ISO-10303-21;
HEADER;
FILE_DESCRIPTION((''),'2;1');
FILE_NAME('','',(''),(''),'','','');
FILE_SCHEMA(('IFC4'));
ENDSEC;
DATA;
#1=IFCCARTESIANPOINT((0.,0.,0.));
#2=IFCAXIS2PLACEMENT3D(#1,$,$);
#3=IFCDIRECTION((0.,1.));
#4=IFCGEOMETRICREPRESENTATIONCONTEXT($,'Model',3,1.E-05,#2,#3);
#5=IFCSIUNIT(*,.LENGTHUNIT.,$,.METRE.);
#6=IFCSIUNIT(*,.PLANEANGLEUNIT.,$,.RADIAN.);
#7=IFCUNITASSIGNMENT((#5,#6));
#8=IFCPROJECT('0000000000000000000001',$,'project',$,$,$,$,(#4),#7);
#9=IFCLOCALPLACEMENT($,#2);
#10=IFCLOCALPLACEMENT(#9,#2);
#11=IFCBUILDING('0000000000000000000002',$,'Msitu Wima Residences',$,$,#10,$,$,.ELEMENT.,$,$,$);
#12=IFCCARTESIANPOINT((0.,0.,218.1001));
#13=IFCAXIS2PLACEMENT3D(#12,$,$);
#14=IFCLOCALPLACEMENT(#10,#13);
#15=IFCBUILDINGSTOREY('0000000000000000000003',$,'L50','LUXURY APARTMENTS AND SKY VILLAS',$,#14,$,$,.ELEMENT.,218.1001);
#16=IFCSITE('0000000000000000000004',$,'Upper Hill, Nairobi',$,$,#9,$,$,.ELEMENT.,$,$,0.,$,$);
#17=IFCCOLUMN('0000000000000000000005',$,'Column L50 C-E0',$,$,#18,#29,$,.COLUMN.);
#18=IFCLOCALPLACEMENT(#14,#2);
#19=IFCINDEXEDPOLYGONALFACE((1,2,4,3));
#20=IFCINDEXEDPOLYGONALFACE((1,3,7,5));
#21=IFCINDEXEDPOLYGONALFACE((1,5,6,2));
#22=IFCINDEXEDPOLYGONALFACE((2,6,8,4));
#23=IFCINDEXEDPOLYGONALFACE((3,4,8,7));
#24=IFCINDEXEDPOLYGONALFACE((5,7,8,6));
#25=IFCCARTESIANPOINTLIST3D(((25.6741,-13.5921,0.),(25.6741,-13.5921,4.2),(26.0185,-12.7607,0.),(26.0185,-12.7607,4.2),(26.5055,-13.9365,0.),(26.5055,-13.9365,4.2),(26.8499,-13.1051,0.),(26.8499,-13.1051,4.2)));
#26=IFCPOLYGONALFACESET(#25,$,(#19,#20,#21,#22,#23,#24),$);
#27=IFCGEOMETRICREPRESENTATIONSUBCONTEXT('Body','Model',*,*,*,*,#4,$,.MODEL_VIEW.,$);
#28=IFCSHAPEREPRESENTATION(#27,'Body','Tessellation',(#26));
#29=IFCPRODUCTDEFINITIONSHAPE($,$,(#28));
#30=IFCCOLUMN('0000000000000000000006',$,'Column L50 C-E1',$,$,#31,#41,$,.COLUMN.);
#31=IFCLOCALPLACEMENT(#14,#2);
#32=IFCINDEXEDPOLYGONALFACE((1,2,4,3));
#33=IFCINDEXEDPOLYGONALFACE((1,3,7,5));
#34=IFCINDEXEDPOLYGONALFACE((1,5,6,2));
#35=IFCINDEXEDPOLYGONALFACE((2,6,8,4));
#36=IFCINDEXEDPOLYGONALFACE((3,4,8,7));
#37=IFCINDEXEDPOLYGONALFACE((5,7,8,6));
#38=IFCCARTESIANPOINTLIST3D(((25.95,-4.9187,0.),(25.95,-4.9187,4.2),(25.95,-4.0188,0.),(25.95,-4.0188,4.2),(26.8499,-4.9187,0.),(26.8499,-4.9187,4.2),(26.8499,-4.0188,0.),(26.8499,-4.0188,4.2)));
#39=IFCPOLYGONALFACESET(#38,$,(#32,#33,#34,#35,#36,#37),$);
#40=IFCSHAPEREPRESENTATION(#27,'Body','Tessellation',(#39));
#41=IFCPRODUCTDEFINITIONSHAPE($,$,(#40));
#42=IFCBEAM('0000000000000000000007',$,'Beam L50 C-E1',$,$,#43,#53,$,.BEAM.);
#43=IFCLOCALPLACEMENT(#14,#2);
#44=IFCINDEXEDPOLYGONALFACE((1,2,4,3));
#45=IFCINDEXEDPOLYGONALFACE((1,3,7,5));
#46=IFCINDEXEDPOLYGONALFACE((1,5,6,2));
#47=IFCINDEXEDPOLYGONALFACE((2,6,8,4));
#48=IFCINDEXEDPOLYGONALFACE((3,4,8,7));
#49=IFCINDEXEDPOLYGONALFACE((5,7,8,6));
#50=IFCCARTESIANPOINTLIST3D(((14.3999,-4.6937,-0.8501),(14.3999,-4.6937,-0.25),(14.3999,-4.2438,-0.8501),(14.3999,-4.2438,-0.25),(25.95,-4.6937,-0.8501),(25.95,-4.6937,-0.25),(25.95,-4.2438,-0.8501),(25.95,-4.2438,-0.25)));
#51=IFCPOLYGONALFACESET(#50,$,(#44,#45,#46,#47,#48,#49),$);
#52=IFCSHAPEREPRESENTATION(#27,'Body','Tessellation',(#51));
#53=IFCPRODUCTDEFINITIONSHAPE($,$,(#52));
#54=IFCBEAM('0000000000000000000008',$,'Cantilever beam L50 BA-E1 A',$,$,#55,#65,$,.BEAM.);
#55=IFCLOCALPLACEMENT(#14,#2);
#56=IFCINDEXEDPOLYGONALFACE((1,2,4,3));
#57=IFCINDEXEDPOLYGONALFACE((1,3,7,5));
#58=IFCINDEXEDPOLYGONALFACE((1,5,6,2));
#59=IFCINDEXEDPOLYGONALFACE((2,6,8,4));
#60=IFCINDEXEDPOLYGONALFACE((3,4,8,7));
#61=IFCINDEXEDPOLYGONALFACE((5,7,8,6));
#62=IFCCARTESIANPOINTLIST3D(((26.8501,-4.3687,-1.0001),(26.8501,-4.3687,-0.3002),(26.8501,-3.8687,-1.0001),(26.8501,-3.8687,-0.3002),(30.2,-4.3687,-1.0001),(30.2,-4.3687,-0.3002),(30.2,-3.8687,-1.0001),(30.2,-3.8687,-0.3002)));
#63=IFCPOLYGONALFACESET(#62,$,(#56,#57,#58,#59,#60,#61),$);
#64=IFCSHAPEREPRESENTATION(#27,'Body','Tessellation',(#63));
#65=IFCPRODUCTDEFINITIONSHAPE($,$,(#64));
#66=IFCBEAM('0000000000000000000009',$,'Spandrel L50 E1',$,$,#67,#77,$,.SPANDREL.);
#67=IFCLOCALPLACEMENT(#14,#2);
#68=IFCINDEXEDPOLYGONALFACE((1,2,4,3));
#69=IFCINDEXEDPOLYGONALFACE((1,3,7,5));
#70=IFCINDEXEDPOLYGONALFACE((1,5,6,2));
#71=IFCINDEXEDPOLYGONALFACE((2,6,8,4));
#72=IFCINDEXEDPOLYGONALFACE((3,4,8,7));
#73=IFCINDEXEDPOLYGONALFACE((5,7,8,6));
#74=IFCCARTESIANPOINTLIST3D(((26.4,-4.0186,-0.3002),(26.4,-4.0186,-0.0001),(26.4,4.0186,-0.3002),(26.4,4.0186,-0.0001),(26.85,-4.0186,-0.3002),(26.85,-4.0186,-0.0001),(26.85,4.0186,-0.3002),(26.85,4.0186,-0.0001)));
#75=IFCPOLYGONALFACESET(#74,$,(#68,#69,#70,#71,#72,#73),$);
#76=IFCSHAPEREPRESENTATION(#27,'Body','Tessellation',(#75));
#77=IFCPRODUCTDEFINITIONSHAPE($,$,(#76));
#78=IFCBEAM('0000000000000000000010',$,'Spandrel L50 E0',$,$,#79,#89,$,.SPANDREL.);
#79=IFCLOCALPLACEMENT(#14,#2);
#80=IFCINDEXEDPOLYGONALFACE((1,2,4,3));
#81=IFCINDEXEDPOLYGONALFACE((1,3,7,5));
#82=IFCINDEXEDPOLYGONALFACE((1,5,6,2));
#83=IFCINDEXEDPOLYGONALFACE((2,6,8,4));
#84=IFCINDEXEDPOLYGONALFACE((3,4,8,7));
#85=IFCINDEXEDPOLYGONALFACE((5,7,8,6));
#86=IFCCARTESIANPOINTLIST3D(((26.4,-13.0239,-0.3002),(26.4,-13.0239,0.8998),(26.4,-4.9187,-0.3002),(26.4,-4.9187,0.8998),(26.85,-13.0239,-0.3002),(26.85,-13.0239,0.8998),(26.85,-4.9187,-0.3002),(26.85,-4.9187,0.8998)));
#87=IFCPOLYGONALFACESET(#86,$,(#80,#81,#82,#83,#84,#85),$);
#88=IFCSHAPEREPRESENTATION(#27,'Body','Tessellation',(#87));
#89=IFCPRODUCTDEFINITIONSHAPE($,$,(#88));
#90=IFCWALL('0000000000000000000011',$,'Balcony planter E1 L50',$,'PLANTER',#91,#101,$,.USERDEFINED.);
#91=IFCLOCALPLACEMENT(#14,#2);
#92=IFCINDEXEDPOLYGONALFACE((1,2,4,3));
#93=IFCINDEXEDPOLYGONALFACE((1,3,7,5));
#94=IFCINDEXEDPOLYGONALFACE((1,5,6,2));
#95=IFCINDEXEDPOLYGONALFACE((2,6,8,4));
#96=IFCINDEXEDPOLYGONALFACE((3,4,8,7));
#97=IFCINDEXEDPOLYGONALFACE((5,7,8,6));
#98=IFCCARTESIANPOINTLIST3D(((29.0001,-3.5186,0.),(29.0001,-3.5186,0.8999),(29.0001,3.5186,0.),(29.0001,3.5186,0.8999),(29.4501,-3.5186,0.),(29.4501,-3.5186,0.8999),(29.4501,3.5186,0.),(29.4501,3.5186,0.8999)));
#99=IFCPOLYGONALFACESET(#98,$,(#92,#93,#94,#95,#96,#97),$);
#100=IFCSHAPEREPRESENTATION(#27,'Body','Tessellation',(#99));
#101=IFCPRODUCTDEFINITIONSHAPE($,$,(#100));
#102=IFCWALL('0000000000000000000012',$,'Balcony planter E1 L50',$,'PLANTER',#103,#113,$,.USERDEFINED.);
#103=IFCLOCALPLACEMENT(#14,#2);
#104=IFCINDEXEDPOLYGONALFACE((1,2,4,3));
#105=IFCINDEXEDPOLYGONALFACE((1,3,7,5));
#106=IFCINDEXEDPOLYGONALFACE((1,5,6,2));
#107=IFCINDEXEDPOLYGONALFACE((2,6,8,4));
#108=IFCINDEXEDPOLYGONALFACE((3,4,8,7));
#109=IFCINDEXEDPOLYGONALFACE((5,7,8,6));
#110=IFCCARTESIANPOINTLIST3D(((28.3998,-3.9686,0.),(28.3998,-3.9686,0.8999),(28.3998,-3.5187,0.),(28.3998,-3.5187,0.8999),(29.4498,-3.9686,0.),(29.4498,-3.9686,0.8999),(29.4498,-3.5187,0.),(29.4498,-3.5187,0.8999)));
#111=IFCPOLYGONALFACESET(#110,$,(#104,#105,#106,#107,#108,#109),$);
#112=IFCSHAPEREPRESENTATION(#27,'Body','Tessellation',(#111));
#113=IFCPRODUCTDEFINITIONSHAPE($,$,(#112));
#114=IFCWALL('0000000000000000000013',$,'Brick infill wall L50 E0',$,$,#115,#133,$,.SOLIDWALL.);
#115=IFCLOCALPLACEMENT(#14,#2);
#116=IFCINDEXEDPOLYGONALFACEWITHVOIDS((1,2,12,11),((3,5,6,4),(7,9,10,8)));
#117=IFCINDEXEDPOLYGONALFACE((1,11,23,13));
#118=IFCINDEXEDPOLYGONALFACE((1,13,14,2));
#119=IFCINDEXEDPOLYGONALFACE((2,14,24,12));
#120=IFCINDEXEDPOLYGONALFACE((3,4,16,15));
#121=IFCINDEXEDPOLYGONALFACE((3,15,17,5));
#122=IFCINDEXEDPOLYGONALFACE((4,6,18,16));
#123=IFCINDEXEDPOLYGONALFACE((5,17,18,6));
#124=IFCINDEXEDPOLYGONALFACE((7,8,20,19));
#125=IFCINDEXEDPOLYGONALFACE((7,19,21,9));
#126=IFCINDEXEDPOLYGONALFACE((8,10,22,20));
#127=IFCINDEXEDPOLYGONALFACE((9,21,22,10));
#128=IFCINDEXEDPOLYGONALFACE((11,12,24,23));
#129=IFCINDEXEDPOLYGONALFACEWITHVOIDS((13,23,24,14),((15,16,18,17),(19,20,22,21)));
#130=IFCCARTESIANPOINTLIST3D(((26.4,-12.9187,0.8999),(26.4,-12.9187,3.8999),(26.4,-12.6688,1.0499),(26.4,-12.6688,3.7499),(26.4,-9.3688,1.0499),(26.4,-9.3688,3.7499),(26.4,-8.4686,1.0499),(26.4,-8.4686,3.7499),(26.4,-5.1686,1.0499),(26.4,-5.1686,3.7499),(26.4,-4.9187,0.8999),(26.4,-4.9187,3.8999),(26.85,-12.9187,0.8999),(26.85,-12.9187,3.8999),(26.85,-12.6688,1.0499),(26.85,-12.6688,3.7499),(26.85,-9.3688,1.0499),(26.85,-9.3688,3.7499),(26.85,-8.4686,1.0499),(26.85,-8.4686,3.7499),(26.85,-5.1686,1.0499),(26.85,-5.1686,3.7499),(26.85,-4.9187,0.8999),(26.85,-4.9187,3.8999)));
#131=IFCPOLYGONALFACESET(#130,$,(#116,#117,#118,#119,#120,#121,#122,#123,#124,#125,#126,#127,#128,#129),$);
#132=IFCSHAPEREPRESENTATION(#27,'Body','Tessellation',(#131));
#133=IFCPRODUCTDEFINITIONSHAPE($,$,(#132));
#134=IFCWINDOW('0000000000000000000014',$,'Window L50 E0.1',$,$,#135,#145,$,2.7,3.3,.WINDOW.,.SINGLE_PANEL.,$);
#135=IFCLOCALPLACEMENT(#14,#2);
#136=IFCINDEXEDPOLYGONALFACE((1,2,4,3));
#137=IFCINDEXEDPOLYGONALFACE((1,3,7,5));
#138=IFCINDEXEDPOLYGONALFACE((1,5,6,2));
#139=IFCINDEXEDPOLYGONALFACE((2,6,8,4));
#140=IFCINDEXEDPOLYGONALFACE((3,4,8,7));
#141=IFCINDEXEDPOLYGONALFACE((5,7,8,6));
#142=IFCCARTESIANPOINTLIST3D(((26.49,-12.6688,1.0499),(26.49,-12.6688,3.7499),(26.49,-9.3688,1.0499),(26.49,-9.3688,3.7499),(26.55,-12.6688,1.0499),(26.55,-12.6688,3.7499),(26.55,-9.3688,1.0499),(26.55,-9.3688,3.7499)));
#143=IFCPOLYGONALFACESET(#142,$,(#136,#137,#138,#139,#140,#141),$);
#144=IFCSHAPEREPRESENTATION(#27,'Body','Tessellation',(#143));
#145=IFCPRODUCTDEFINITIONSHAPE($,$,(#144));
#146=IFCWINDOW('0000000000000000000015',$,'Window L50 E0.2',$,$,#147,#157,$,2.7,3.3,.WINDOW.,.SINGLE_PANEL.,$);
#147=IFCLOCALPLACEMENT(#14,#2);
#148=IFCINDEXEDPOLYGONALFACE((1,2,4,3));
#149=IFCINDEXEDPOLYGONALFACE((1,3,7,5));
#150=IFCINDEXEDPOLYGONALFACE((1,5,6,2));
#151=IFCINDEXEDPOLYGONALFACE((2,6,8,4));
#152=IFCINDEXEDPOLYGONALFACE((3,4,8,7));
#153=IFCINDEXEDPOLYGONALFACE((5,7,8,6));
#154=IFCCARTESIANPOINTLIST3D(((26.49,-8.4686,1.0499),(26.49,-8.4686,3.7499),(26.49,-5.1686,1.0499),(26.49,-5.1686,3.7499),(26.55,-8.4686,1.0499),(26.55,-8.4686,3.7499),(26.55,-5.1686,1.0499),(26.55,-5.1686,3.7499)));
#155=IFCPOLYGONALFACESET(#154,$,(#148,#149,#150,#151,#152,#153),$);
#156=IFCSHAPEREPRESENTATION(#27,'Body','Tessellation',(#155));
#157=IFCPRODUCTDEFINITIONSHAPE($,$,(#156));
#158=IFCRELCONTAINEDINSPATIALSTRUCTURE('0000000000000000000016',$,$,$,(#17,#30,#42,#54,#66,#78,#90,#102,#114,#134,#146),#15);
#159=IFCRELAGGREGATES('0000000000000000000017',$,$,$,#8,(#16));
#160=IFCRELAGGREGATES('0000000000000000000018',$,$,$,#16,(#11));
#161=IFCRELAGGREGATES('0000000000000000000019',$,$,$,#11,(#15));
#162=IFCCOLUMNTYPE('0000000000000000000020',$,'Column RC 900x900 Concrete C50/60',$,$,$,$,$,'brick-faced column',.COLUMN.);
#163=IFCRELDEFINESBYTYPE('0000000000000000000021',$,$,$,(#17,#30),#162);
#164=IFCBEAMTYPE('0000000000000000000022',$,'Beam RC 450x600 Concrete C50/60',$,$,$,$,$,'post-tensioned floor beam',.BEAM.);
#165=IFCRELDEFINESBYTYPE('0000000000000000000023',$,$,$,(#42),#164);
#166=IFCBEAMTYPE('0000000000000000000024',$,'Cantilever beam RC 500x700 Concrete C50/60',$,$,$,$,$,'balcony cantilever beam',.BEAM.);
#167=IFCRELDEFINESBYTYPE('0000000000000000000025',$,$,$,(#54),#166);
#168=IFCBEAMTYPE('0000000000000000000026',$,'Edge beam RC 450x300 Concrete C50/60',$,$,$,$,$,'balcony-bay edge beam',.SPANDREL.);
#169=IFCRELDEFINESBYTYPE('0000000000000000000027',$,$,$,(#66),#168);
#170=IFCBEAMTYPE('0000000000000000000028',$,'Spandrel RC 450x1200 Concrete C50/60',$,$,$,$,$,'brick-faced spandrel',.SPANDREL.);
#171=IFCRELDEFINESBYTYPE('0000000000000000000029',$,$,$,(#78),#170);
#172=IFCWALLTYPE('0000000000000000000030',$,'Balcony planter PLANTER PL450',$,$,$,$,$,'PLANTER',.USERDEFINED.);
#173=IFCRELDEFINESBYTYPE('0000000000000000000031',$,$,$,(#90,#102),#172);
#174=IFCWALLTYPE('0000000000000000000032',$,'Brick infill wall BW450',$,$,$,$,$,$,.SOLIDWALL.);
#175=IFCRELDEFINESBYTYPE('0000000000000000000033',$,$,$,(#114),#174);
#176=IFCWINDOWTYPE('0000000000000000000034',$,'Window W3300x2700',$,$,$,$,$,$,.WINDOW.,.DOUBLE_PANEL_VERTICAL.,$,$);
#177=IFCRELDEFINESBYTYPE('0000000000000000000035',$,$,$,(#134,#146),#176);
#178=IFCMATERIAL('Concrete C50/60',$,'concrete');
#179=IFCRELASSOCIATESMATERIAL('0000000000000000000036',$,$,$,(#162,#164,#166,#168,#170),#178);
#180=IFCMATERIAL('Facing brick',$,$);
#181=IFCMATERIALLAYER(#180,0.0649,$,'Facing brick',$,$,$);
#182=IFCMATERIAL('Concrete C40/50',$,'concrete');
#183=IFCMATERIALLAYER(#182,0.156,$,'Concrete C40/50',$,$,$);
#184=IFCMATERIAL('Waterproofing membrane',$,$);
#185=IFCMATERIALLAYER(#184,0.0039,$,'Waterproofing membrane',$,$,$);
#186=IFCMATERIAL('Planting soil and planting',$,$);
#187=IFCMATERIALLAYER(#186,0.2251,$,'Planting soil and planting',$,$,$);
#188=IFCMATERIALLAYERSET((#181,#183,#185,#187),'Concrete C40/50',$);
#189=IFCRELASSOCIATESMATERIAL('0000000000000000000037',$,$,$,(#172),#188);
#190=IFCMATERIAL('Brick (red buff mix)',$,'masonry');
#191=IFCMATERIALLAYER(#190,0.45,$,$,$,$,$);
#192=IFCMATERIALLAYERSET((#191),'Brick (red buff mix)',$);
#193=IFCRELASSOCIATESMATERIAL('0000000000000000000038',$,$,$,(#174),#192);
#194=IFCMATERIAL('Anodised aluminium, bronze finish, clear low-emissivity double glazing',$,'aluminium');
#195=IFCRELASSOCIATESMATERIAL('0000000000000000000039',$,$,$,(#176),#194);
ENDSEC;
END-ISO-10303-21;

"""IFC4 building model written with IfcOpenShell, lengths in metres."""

from ifc_helpers import new_model, si_unit, direction, frame, frame_2d, origin, origin_2d, place, context, subcontext, project, spatial, rectangle, extrude, material, layer, layer_set, material_profile, profile_set, type_object, element, fill, save


model = new_model("IFC4")

# Units and contexts
model_context = context("Model", 3, precision=1e-05, world=origin(), true_north=direction((0.0, 1.0)))
body_context = subcontext(model_context, "Body", "Model", "MODEL_VIEW")
ifc_project = project(units=[si_unit("LENGTHUNIT", "METRE"), si_unit("PLANEANGLEUNIT", "RADIAN")], contexts=[model_context])

# Site, building, storey
site_placement = place(None, origin())
site = spatial("IfcSite", under=ifc_project, at=site_placement, Name="Upper Hill, Nairobi", CompositionType="ELEMENT", RefElevation=0.0)
building_placement = place(site_placement, origin())
building = spatial("IfcBuilding", under=site, at=building_placement, Name="Msitu Wima Residences", CompositionType="ELEMENT")
storey_placement = place(building_placement, frame((0.0, 0.0, 218.1001)))
storey = spatial("IfcBuildingStorey", under=building, at=storey_placement, Name="L50", Description="LUXURY APARTMENTS AND SKY VILLAS", CompositionType="ELEMENT", Elevation=218.1001)

# Columns
ifc_material_1 = material(Name="Concrete C50/60", Category="concrete")
ifc_material_profile_1 = material_profile(ifc_material_1, rectangle(XDim=0.8999, YDim=0.8999, at=origin_2d()), Name="RC 900x900")
ifc_profile_set_1 = profile_set([ifc_material_profile_1], Name="Concrete C50/60")
column_type = type_object("IfcColumnType", Name="Column RC 900x900 Concrete C50/60", ElementType="brick-faced column", PredefinedType="COLUMN", material=ifc_profile_set_1)
for number, where, z_axis, x_axis, name in (
    (1, (26.262, -13.3486, 0.0), (0.0, 0.0, 1.0), (0.382683, 0.92388, 0.0), "Column L50 C-E0"),
    (2, (26.3999, -4.4688, 0.0), (0.0, 0.0, 1.0), (0.0, 1.0, 0.0), "Column L50 C-E1"),
):
    element("IfcColumn", number, at=place(storey_placement, frame(where, z_axis=z_axis, x_axis=x_axis)), inside=storey, type_object=column_type, Name=name, PredefinedType="COLUMN", context=body_context, shape_type="SweptSolid", body=[
        extrude(rectangle(XDim=0.8999, YDim=0.8999, at=origin_2d()), origin(), (0.0, 0.0, 1.0), 4.2),
    ])

# Beams
ifc_material_profile_2 = material_profile(ifc_material_1, rectangle(XDim=0.45, YDim=0.6001, at=origin_2d()), Name="RC 450x600")
ifc_profile_set_2 = profile_set([ifc_material_profile_2], Name="Concrete C50/60")
beam_type_1 = type_object("IfcBeamType", Name="Beam RC 450x600 Concrete C50/60", ElementType="post-tensioned floor beam", PredefinedType="BEAM", material=ifc_profile_set_2)
beam_1_placement = place(storey_placement, frame((25.95, -4.4688, -0.55), z_axis=(-1.0, 0.0, 0.0), x_axis=(0.0, -1.0, 0.0)))
element("IfcBeam", 3, at=beam_1_placement, inside=storey, type_object=beam_type_1, Name="Beam L50 C-E1", PredefinedType="BEAM", context=body_context, shape_type="SweptSolid", body=[
    extrude(rectangle(XDim=0.45, YDim=0.6001, at=origin_2d()), origin(), (0.0, 0.0, 1.0), 11.55),
])
ifc_material_profile_3 = material_profile(ifc_material_1, rectangle(XDim=0.5, YDim=0.7, at=origin_2d()), Name="RC 500x700")
ifc_profile_set_3 = profile_set([ifc_material_profile_3], Name="Concrete C50/60")
beam_type_2 = type_object("IfcBeamType", Name="Cantilever beam RC 500x700 Concrete C50/60", ElementType="balcony cantilever beam", PredefinedType="BEAM", material=ifc_profile_set_3)
beam_2_placement = place(storey_placement, frame((26.8501, -4.1187, -0.6501), z_axis=(1.0, 0.0, 0.0), x_axis=(0.0, 1.0, 0.0)))
element("IfcBeam", 4, at=beam_2_placement, inside=storey, type_object=beam_type_2, Name="Cantilever beam L50 BA-E1 A", PredefinedType="BEAM", context=body_context, shape_type="SweptSolid", body=[
    extrude(rectangle(XDim=0.5, YDim=0.7, at=origin_2d()), origin(), (0.0, 0.0, 1.0), 3.3499),
])
ifc_material_profile_4 = material_profile(ifc_material_1, rectangle(XDim=0.45, YDim=0.3, at=origin_2d()), Name="RC 450x300")
ifc_profile_set_4 = profile_set([ifc_material_profile_4], Name="Concrete C50/60")
beam_type_3 = type_object("IfcBeamType", Name="Edge beam RC 450x300 Concrete C50/60", ElementType="balcony-bay edge beam", PredefinedType="SPANDREL", material=ifc_profile_set_4)
beam_3_placement = place(storey_placement, frame((26.625, -4.0186, -0.1501), z_axis=(0.0, 1.0, 0.0), x_axis=(-1.0, 0.0, 0.0)))
element("IfcBeam", 5, at=beam_3_placement, inside=storey, type_object=beam_type_3, Name="Spandrel L50 E1", PredefinedType="SPANDREL", context=body_context, shape_type="SweptSolid", body=[
    extrude(rectangle(XDim=0.45, YDim=0.3, at=origin_2d()), origin(), (0.0, 0.0, 1.0), 8.0371),
])
ifc_material_profile_5 = material_profile(ifc_material_1, rectangle(XDim=0.45, YDim=1.2, at=origin_2d()), Name="RC 450x1200")
ifc_profile_set_5 = profile_set([ifc_material_profile_5], Name="Concrete C50/60")
beam_type_4 = type_object("IfcBeamType", Name="Spandrel RC 450x1200 Concrete C50/60", ElementType="brick-faced spandrel", PredefinedType="SPANDREL", material=ifc_profile_set_5)
beam_4_placement = place(storey_placement, frame((26.625, -13.0239, 0.2998), z_axis=(0.0, 1.0, 0.0), x_axis=(-1.0, 0.0, 0.0)))
element("IfcBeam", 6, at=beam_4_placement, inside=storey, type_object=beam_type_4, Name="Spandrel L50 E0", PredefinedType="SPANDREL", context=body_context, shape_type="SweptSolid", body=[
    extrude(rectangle(XDim=0.45, YDim=1.2, at=origin_2d()), origin(), (0.0, 0.0, 1.0), 8.1052),
])

# Walls
ifc_material_2 = material(Name="Facing brick")
ifc_layer_1 = layer(ifc_material_2, 0.0649, Name="Facing brick")
ifc_material_3 = material(Name="Concrete C40/50", Category="concrete")
ifc_layer_2 = layer(ifc_material_3, 0.156, Name="Concrete C40/50")
ifc_material_4 = material(Name="Waterproofing membrane")
ifc_layer_3 = layer(ifc_material_4, 0.0039, Name="Waterproofing membrane")
ifc_material_5 = material(Name="Planting soil and planting")
ifc_layer_4 = layer(ifc_material_5, 0.2251, Name="Planting soil and planting")
ifc_layer_set_1 = layer_set([ifc_layer_1, ifc_layer_2, ifc_layer_3, ifc_layer_4], Name="Concrete C40/50")
wall_type_1 = type_object("IfcWallType", Name="Balcony planter PLANTER PL450", ElementType="PLANTER", PredefinedType="USERDEFINED", material=ifc_layer_set_1)
wall_1_placement = place(storey_placement, frame((29.2251, -3.5186, 0.0), z_axis=(0.0, 0.0, 1.0), x_axis=(0.0, 1.0, 0.0)))
element("IfcWall", 7, at=wall_1_placement, inside=storey, type_object=wall_type_1, Name="Balcony planter E1 L50", ObjectType="PLANTER", PredefinedType="USERDEFINED", context=body_context, shape_type="SweptSolid", body=[
    extrude(rectangle(XDim=7.0371, YDim=0.45, at=frame_2d((3.5186, 0.0))), origin(), (0.0, 0.0, 1.0), 0.8999),
])
wall_2_placement = place(storey_placement, frame((28.3999, -3.7437, 0.0), z_axis=(0.0, 0.0, 1.0), x_axis=(1.0, 0.0, 0.0)))
element("IfcWall", 8, at=wall_2_placement, inside=storey, type_object=wall_type_1, Name="Balcony planter E1 L50", ObjectType="PLANTER", PredefinedType="USERDEFINED", context=body_context, shape_type="SweptSolid", body=[
    extrude(rectangle(XDim=1.05, YDim=0.45, at=frame_2d((0.5249, 0.0))), origin(), (0.0, 0.0, 1.0), 0.8999),
])

# Wall, openings, windows
ifc_material_6 = material(Name="Brick (red buff mix)", Category="masonry")
ifc_layer_5 = layer(ifc_material_6, 0.45)
ifc_layer_set_2 = layer_set([ifc_layer_5], Name="Brick (red buff mix)")
wall_type_2 = type_object("IfcWallType", Name="Brick infill wall BW450", PredefinedType="SOLIDWALL", material=ifc_layer_set_2)
wall_3_placement = place(storey_placement, frame((26.625, -12.9187, 0.8999), z_axis=(0.0, 0.0, 1.0), x_axis=(0.0, 1.0, 0.0)))
wall_3 = element("IfcWall", 9, at=wall_3_placement, inside=storey, type_object=wall_type_2, Name="Brick infill wall L50 E0", PredefinedType="SOLIDWALL", context=body_context, shape_type="SweptSolid", body=[
    extrude(rectangle(XDim=8.0, YDim=0.45, at=frame_2d((4.0, 0.0))), origin(), (0.0, 0.0, 1.0), 3.0),
])
opening_1_placement = place(wall_3_placement, frame((0.25, 0.0, 0.1499)))
opening_1 = element("IfcOpeningElement", 10, at=opening_1_placement, cuts=wall_3, PredefinedType="OPENING", context=body_context, shape_type="SweptSolid", body=[
    extrude(rectangle(XDim=3.3, YDim=2.7, at=frame_2d((1.6499, 1.3501))), frame((0.0, 0.2349, 0.0), z_axis=(0.0, -1.0, 0.0), x_axis=(1.0, 0.0, 0.0)), (0.0, 0.0, 1.0), 0.47),
])
opening_2_placement = place(wall_3_placement, frame((4.4502, 0.0, 0.1499)))
opening_2 = element("IfcOpeningElement", 11, at=opening_2_placement, cuts=wall_3, PredefinedType="OPENING", context=body_context, shape_type="SweptSolid", body=[
    extrude(rectangle(XDim=3.3, YDim=2.7, at=frame_2d((1.6499, 1.3501))), frame((0.0, 0.2349, 0.0), z_axis=(0.0, -1.0, 0.0), x_axis=(1.0, 0.0, 0.0)), (0.0, 0.0, 1.0), 0.47),
])
ifc_material_7 = material(Name="Anodised aluminium, bronze finish, clear low-emissivity double glazing", Category="aluminium")
window_type = type_object("IfcWindowType", Name="Window W3300x2700", PartitioningType="DOUBLE_PANEL_VERTICAL", PredefinedType="WINDOW", material=ifc_material_7)
window_1_placement = place(opening_1_placement, origin())
window_1 = element("IfcWindow", 12, at=window_1_placement, inside=storey, type_object=window_type, Name="Window L50 E0.1", OverallHeight=2.7, OverallWidth=3.3, PartitioningType="SINGLE_PANEL", PredefinedType="WINDOW", context=body_context, shape_type="SweptSolid", body=[
    extrude(rectangle(XDim=3.3, YDim=2.7, at=frame_2d((1.6499, 1.3501))), frame((0.0, 0.135, 0.0), z_axis=(0.0, -1.0, 0.0), x_axis=(1.0, 0.0, 0.0)), (0.0, 0.0, 1.0), 0.0601),
])
fill(opening_1, window_1)
window_2_placement = place(opening_2_placement, origin())
window_2 = element("IfcWindow", 13, at=window_2_placement, inside=storey, type_object=window_type, Name="Window L50 E0.2", OverallHeight=2.7, OverallWidth=3.3, PartitioningType="SINGLE_PANEL", PredefinedType="WINDOW", context=body_context, shape_type="SweptSolid", body=[
    extrude(rectangle(XDim=3.3, YDim=2.7, at=frame_2d((1.6499, 1.3501))), frame((0.0, 0.135, 0.0), z_axis=(0.0, -1.0, 0.0), x_axis=(1.0, 0.0, 0.0)), (0.0, 0.0, 1.0), 0.0601),
])
fill(opening_2, window_2)

save(model, "model.ifc")
